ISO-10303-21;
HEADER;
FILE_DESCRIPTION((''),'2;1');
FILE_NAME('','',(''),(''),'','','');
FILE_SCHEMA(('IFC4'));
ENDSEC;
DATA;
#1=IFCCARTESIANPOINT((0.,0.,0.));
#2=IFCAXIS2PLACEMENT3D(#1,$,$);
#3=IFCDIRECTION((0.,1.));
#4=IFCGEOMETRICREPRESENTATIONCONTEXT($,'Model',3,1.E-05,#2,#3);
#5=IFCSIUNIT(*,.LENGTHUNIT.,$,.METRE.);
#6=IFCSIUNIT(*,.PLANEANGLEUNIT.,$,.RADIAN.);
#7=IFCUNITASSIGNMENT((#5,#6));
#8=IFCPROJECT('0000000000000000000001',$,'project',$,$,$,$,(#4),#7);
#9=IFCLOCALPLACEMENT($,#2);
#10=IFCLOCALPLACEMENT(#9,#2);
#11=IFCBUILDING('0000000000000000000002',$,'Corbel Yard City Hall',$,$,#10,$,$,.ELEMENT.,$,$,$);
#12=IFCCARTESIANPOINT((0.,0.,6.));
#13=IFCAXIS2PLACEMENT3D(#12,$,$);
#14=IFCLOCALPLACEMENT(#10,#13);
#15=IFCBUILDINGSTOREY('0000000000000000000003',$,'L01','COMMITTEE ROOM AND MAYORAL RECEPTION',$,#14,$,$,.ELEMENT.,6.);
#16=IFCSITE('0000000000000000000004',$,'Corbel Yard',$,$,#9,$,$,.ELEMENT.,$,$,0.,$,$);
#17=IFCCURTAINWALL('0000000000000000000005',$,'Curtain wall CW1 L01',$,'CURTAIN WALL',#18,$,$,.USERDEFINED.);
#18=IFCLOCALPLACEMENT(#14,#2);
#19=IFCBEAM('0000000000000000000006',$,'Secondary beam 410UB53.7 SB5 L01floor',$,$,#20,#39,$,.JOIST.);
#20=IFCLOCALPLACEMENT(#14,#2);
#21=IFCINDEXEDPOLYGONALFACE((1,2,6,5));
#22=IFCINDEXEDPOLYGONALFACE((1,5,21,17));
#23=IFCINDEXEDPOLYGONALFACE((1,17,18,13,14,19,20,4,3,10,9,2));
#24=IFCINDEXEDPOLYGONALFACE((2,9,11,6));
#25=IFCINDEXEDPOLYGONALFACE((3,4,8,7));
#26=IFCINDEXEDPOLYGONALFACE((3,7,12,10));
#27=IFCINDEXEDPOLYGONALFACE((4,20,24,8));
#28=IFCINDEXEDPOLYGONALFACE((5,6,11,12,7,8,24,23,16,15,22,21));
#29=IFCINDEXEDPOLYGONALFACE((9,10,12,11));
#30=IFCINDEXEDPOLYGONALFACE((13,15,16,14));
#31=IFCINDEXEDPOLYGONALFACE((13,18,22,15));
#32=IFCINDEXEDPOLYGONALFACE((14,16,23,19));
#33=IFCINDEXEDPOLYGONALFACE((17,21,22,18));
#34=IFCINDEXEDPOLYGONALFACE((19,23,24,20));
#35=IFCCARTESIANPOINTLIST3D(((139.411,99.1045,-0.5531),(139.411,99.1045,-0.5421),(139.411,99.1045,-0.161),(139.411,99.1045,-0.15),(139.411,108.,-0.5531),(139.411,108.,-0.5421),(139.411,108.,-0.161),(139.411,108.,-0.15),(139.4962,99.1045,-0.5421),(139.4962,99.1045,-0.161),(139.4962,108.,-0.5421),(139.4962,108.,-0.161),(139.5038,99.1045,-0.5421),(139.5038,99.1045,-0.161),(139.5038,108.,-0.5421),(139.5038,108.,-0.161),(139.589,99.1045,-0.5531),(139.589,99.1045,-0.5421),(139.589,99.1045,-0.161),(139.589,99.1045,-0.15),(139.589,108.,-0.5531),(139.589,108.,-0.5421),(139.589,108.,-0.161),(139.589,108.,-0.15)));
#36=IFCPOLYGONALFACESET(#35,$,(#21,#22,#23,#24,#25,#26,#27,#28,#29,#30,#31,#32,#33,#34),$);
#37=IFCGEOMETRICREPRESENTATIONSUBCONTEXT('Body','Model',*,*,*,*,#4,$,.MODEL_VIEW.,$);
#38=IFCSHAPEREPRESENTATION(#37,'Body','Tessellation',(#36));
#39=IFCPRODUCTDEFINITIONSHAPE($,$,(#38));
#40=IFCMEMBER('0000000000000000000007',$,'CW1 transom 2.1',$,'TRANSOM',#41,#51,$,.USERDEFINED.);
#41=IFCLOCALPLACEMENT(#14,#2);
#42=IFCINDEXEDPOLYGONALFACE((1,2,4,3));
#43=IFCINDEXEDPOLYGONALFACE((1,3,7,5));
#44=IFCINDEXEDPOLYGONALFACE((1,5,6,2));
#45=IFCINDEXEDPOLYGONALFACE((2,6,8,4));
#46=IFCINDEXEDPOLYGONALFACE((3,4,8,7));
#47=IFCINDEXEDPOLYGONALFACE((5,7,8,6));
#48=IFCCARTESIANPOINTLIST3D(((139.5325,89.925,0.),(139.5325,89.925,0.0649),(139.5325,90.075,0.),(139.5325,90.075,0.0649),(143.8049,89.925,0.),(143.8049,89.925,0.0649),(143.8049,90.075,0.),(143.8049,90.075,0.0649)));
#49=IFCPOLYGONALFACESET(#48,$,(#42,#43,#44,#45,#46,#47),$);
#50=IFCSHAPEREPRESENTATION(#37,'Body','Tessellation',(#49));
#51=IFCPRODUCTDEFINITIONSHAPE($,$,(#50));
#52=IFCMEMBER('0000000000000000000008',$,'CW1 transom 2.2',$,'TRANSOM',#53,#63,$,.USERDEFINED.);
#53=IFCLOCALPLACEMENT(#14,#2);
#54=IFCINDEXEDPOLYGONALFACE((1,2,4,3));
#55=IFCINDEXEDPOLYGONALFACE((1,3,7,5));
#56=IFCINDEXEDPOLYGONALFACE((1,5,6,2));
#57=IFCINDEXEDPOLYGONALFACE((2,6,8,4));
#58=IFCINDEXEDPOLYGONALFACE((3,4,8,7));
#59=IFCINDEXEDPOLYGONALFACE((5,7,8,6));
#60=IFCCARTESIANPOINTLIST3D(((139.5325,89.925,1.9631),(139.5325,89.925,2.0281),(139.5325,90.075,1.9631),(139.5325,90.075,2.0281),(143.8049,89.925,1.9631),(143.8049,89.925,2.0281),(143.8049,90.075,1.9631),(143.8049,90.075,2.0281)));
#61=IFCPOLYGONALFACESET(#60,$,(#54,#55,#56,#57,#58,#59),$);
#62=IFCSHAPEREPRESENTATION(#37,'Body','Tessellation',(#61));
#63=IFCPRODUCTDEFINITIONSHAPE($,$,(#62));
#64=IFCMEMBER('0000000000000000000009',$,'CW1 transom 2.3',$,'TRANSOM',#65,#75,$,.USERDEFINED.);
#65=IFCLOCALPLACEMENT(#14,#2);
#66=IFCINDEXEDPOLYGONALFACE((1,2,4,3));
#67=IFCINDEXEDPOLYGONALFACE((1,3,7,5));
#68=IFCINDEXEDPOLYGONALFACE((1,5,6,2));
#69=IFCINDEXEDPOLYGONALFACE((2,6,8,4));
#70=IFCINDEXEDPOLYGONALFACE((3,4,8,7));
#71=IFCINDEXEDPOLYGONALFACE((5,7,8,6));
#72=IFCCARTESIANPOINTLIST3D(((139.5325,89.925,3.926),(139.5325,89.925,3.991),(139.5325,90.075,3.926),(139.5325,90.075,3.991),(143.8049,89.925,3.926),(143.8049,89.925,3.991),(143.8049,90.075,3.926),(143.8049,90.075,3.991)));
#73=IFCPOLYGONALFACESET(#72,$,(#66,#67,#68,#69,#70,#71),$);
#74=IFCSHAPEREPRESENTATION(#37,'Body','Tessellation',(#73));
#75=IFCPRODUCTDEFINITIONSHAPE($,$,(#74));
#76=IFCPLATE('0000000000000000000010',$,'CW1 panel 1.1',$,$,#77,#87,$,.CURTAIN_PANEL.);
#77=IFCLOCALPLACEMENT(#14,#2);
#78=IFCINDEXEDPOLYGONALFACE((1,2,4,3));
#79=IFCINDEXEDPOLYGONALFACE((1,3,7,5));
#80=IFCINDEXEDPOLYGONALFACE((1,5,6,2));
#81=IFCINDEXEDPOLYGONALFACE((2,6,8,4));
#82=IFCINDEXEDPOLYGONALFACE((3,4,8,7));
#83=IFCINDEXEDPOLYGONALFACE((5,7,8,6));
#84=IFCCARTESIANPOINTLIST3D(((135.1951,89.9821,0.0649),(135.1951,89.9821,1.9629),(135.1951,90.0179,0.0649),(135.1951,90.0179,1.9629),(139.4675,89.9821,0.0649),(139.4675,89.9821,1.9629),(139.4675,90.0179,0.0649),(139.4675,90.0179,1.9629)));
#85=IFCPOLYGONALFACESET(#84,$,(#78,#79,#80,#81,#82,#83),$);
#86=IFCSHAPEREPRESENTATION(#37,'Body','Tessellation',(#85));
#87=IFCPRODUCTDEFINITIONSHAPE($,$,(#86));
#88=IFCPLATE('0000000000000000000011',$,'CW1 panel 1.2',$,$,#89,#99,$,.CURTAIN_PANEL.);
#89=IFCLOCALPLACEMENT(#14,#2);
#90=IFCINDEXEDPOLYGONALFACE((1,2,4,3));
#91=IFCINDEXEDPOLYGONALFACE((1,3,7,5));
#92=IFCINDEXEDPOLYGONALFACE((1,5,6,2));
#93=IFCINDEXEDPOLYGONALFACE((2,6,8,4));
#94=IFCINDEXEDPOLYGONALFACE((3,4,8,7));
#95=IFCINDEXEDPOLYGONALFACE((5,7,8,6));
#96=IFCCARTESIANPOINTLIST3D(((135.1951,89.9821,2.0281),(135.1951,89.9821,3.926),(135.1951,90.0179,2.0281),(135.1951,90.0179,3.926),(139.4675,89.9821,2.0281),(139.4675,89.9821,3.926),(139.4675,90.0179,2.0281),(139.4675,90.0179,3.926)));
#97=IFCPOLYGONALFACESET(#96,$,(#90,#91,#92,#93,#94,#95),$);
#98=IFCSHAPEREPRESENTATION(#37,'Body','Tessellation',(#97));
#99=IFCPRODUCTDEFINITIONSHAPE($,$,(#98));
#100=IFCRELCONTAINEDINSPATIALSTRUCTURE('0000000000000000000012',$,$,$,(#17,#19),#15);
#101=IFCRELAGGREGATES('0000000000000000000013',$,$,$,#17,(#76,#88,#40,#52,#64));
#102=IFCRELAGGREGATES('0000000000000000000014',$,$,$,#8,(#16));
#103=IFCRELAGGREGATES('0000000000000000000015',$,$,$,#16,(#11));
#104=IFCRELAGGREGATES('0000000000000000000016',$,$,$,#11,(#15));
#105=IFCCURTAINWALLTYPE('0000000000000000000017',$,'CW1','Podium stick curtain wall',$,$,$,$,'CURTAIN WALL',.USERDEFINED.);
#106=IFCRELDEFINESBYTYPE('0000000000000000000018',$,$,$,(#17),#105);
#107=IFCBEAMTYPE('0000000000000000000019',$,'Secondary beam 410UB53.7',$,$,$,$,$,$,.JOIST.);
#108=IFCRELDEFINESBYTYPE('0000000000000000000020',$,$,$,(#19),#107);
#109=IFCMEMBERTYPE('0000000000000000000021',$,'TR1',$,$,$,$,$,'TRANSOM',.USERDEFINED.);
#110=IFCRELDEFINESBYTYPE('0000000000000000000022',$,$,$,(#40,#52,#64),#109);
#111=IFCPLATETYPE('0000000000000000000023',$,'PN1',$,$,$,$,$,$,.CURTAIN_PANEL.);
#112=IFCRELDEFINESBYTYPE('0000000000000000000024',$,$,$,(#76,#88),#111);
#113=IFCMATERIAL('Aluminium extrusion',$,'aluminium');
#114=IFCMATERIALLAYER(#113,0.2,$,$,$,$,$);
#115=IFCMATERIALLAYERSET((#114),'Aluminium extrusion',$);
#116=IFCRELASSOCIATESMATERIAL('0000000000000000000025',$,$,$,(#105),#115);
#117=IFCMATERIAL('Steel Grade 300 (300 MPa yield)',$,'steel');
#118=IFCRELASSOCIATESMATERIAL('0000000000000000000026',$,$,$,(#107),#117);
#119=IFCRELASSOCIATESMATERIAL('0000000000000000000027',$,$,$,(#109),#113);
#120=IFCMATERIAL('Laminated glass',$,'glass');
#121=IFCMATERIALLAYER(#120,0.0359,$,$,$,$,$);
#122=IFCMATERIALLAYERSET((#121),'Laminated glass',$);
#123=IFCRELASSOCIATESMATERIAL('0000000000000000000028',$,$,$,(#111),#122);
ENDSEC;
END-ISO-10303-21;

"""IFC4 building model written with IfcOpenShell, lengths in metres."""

from ifc_helpers import new_model, si_unit, direction, frame, origin, origin_2d, place, context, subcontext, project, spatial, rectangle, i_section, extrude, material, layer, layer_set, material_profile, profile_set, type_object, element, aggregate, save


model = new_model("IFC4")

# Units and contexts
model_context = context("Model", 3, precision=1e-05, world=origin(), true_north=direction((0.0, 1.0)))
body_context = subcontext(model_context, "Body", "Model", "MODEL_VIEW")
ifc_project = project(units=[si_unit("LENGTHUNIT", "METRE"), si_unit("PLANEANGLEUNIT", "RADIAN")], contexts=[model_context])

# Site, building, storey
site_placement = place(None, origin())
site = spatial("IfcSite", under=ifc_project, at=site_placement, Name="Corbel Yard", CompositionType="ELEMENT", RefElevation=0.0)
building_placement = place(site_placement, origin())
building = spatial("IfcBuilding", under=site, at=building_placement, Name="Corbel Yard City Hall", CompositionType="ELEMENT")
storey_placement = place(building_placement, frame((0.0, 0.0, 6.0)))
storey = spatial("IfcBuildingStorey", under=building, at=storey_placement, Name="L01", Description="COMMITTEE ROOM AND MAYORAL RECEPTION", CompositionType="ELEMENT", Elevation=6.0)

# Shared definitions
ifc_material_1 = material(Name="Steel Grade 300 (300 MPa yield)", Category="steel")

# Curtain wall
ifc_material_2 = material(Name="Aluminium extrusion", Category="aluminium")
ifc_layer_1 = layer(ifc_material_2, 0.2)
ifc_layer_set_1 = layer_set([ifc_layer_1], Name="Aluminium extrusion")
curtain_wall_type = type_object("IfcCurtainWallType", Name="CW1", Description="Podium stick curtain wall", ElementType="CURTAIN WALL", PredefinedType="USERDEFINED", material=ifc_layer_set_1)
curtain_wall_placement = place(storey_placement, origin())
curtain_wall = element("IfcCurtainWall", 1, at=curtain_wall_placement, inside=storey, type_object=curtain_wall_type, Name="Curtain wall CW1 L01", ObjectType="CURTAIN WALL", PredefinedType="USERDEFINED")

# Beam
ifc_material_profile_1 = material_profile(ifc_material_1, i_section(OverallWidth=0.178, OverallDepth=0.4031, WebThickness=0.0076, FlangeThickness=0.011, at=origin_2d()), Name="410UB53.7")
ifc_profile_set_1 = profile_set([ifc_material_profile_1], Name="Steel Grade 300 (300 MPa yield)")
beam_type_1 = type_object("IfcBeamType", Name="Secondary beam 410UB53.7", PredefinedType="JOIST", material=ifc_profile_set_1)
beam_1_placement = place(storey_placement, frame((139.5, 99.1045, -0.3516), z_axis=(0.0, 1.0, 0.0), x_axis=(-1.0, 0.0, 0.0)))
element("IfcBeam", 2, at=beam_1_placement, inside=storey, type_object=beam_type_1, Name="Secondary beam 410UB53.7 SB5 L01floor", PredefinedType="JOIST", context=body_context, shape_type="SweptSolid", body=[
    extrude(i_section(OverallWidth=0.178, OverallDepth=0.4031, WebThickness=0.0076, FlangeThickness=0.011, at=origin_2d()), origin(), (0.0, 0.0, 1.0), 8.8955),
])

# Members
ifc_material_profile_2 = material_profile(ifc_material_2, rectangle(XDim=0.1499, YDim=0.0649, at=origin_2d()), Name="150x65")
ifc_profile_set_2 = profile_set([ifc_material_profile_2], Name="Aluminium extrusion")
member_type_1 = type_object("IfcMemberType", Name="TR1", ElementType="TRANSOM", PredefinedType="USERDEFINED", material=ifc_profile_set_2)
member_1_placement = place(storey_placement, frame((139.5325, 90.0, 0.0325), z_axis=(1.0, 0.0, 0.0), x_axis=(0.0, 1.0, 0.0)))
member_1 = element("IfcMember", 3, at=member_1_placement, type_object=member_type_1, Name="CW1 transom 2.1", ObjectType="TRANSOM", PredefinedType="USERDEFINED", context=body_context, shape_type="SweptSolid", body=[
    extrude(rectangle(XDim=0.1499, YDim=0.0649, at=origin_2d()), origin(), (0.0, 0.0, 1.0), 4.2725),
])
member_2_placement = place(storey_placement, frame((139.5325, 90.0, 1.9956), z_axis=(1.0, 0.0, 0.0), x_axis=(0.0, 1.0, 0.0)))
member_2 = element("IfcMember", 4, at=member_2_placement, type_object=member_type_1, Name="CW1 transom 2.2", ObjectType="TRANSOM", PredefinedType="USERDEFINED", context=body_context, shape_type="SweptSolid", body=[
    extrude(rectangle(XDim=0.1499, YDim=0.0649, at=origin_2d()), origin(), (0.0, 0.0, 1.0), 4.2725),
])
member_3_placement = place(storey_placement, frame((139.5325, 90.0, 3.9585), z_axis=(1.0, 0.0, 0.0), x_axis=(0.0, 1.0, 0.0)))
member_3 = element("IfcMember", 5, at=member_3_placement, type_object=member_type_1, Name="CW1 transom 2.3", ObjectType="TRANSOM", PredefinedType="USERDEFINED", context=body_context, shape_type="SweptSolid", body=[
    extrude(rectangle(XDim=0.1499, YDim=0.0649, at=origin_2d()), origin(), (0.0, 0.0, 1.0), 4.2725),
])

# Plates
ifc_material_3 = material(Name="Laminated glass", Category="glass")
ifc_layer_2 = layer(ifc_material_3, 0.0359)
ifc_layer_set_2 = layer_set([ifc_layer_2], Name="Laminated glass")
plate_type = type_object("IfcPlateType", Name="PN1", PredefinedType="CURTAIN_PANEL", material=ifc_layer_set_2)
plate_1_placement = place(storey_placement, frame((137.3313, 90.0, 0.0649), z_axis=(0.0, 0.0, 1.0), x_axis=(1.0, 0.0, 0.0)))
plate_1 = element("IfcPlate", 6, at=plate_1_placement, type_object=plate_type, Name="CW1 panel 1.1", PredefinedType="CURTAIN_PANEL", context=body_context, shape_type="SweptSolid", body=[
    extrude(rectangle(XDim=4.2725, YDim=0.0359, at=origin_2d()), origin(), (0.0, 0.0, 1.0), 1.8979),
])
plate_2_placement = place(storey_placement, frame((137.3313, 90.0, 2.0281), z_axis=(0.0, 0.0, 1.0), x_axis=(1.0, 0.0, 0.0)))
plate_2 = element("IfcPlate", 7, at=plate_2_placement, type_object=plate_type, Name="CW1 panel 1.2", PredefinedType="CURTAIN_PANEL", context=body_context, shape_type="SweptSolid", body=[
    extrude(rectangle(XDim=4.2725, YDim=0.0359, at=origin_2d()), origin(), (0.0, 0.0, 1.0), 1.8979),
])
aggregate(curtain_wall, [plate_1, plate_2, member_1, member_2, member_3])

save(model, "model.ifc")
